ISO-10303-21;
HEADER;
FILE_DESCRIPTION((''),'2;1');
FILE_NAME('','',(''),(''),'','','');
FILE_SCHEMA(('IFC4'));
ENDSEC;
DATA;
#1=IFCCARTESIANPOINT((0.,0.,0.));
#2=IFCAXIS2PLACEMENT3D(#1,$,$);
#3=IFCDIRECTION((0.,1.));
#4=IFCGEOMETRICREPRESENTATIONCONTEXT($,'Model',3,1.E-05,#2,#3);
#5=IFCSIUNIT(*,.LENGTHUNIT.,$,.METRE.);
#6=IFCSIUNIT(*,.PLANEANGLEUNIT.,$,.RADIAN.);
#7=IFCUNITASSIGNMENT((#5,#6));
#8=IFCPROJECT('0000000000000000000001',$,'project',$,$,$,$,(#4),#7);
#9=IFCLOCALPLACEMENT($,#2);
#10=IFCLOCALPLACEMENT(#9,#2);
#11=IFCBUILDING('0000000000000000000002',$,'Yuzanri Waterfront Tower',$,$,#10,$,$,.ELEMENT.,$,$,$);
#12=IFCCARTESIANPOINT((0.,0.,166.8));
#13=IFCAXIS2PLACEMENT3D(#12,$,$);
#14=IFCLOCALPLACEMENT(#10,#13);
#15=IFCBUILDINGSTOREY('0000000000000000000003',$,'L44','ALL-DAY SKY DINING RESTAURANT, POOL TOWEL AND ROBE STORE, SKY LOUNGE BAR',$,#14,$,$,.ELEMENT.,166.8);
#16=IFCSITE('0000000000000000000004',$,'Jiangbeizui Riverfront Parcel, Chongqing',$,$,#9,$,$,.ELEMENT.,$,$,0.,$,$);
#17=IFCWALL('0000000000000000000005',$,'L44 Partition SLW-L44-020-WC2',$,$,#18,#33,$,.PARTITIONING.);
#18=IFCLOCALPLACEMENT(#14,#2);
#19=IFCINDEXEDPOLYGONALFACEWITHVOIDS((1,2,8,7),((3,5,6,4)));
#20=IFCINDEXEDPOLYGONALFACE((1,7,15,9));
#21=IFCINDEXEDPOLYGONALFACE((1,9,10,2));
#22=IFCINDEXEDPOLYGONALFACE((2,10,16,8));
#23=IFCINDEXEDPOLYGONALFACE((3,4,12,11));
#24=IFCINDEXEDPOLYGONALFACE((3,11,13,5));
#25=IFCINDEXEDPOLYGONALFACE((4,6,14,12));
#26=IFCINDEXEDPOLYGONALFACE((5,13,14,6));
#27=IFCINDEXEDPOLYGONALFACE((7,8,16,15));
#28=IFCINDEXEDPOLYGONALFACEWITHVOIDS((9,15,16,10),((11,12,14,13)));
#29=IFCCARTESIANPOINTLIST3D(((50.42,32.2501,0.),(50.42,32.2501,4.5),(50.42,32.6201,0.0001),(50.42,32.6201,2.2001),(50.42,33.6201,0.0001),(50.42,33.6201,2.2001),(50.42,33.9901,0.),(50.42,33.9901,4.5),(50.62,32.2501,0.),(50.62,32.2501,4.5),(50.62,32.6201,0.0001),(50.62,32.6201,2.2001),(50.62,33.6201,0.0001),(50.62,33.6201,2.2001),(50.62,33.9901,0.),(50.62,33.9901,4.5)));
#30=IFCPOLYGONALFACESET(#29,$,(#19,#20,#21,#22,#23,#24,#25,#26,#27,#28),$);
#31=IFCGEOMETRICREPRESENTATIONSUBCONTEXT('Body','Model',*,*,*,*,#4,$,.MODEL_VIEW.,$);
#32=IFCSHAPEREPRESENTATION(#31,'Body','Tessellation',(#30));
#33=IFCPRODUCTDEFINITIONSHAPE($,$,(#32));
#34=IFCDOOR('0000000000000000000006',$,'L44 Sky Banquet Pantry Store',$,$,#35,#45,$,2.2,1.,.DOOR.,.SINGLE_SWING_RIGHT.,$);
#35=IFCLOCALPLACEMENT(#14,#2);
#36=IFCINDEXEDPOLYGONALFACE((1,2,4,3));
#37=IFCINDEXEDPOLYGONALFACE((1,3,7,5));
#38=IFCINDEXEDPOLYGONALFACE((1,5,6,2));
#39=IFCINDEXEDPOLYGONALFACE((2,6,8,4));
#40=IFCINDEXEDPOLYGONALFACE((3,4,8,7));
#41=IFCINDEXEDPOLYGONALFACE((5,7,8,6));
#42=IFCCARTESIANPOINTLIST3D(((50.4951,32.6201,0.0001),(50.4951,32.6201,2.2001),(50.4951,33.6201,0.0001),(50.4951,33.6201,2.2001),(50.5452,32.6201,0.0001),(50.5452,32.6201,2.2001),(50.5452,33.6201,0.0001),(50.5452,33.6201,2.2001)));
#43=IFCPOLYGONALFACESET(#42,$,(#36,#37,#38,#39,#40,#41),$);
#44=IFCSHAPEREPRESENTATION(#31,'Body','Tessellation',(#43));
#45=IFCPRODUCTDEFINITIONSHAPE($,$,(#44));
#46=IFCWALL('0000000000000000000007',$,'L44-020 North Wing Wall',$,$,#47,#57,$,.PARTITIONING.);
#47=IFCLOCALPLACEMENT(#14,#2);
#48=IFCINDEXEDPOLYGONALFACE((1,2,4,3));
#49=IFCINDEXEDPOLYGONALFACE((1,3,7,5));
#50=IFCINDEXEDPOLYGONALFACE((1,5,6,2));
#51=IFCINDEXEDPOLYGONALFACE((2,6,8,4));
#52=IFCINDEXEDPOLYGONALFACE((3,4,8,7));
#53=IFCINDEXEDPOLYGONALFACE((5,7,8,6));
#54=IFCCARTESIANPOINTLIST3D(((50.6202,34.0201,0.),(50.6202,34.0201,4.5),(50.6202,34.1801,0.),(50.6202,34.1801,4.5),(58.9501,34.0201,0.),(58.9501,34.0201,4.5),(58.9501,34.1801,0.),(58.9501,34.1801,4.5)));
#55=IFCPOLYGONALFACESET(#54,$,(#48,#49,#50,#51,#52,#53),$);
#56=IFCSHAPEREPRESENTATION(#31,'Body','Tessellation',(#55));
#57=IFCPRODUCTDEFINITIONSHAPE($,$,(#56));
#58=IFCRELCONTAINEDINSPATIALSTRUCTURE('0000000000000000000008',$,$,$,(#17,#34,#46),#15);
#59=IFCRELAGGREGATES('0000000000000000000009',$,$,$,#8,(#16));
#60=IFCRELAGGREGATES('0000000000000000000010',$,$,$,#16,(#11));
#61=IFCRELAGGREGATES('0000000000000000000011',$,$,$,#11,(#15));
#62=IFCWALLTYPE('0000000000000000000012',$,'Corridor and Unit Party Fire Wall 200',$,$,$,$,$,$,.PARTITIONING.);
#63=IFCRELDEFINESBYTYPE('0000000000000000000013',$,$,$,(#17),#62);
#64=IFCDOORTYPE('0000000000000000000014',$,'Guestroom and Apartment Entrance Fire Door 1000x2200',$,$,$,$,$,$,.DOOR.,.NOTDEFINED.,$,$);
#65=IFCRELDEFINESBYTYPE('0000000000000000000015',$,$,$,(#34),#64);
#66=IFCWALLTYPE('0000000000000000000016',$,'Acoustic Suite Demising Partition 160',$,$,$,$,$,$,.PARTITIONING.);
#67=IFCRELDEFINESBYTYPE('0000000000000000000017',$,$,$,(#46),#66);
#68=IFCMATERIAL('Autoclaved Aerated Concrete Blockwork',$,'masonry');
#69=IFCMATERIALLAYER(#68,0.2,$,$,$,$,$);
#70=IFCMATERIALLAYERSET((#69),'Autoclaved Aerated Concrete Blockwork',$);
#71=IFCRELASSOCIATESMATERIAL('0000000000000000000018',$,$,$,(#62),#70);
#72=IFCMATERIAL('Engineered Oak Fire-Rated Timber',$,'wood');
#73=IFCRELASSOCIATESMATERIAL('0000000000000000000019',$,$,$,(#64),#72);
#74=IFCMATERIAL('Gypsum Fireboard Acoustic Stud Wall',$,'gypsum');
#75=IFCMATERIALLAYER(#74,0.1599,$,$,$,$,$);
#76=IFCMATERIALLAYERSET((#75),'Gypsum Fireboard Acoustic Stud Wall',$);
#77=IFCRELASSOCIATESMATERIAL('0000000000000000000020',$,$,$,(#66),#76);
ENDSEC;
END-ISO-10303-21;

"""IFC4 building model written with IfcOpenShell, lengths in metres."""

from ifc_helpers import new_model, si_unit, direction, frame, frame_2d, origin, place, context, subcontext, project, spatial, rectangle, extrude, source, transform, mapped, material, layer, layer_set, type_object, element, fill, save


model = new_model("IFC4")

# Units and contexts
model_context = context("Model", 3, precision=1e-05, world=origin(), true_north=direction((0.0, 1.0)))
body_context = subcontext(model_context, "Body", "Model", "MODEL_VIEW")
ifc_project = project(units=[si_unit("LENGTHUNIT", "METRE"), si_unit("PLANEANGLEUNIT", "RADIAN")], contexts=[model_context])

# Site, building, storey
site_placement = place(None, origin())
site = spatial("IfcSite", under=ifc_project, at=site_placement, Name="Jiangbeizui Riverfront Parcel, Chongqing", CompositionType="ELEMENT", RefElevation=0.0)
building_placement = place(site_placement, origin())
building = spatial("IfcBuilding", under=site, at=building_placement, Name="Yuzanri Waterfront Tower", CompositionType="ELEMENT")
storey_placement = place(building_placement, frame((0.0, 0.0, 166.8)))
storey = spatial("IfcBuildingStorey", under=building, at=storey_placement, Name="L44", Description="ALL-DAY SKY DINING RESTAURANT, POOL TOWEL AND ROBE STORE, SKY LOUNGE BAR", CompositionType="ELEMENT", Elevation=166.8)

# Wall, opening, door
ifc_material_1 = material(Name="Autoclaved Aerated Concrete Blockwork", Category="masonry")
ifc_layer_1 = layer(ifc_material_1, 0.2)
ifc_layer_set_1 = layer_set([ifc_layer_1], Name="Autoclaved Aerated Concrete Blockwork")
wall_type_1 = type_object("IfcWallType", Name="Corridor and Unit Party Fire Wall 200", PredefinedType="PARTITIONING", material=ifc_layer_set_1)
wall_1_placement = place(storey_placement, frame((50.52, 32.25, 0.0), z_axis=(0.0, 0.0, 1.0), x_axis=(0.0, 1.0, 0.0)))
wall_1 = element("IfcWall", 1, at=wall_1_placement, inside=storey, type_object=wall_type_1, Name="L44 Partition SLW-L44-020-WC2", PredefinedType="PARTITIONING", context=body_context, shape_type="SweptSolid", body=[
    extrude(rectangle(XDim=1.74, YDim=0.2, at=frame_2d((0.8701, 0.0))), origin(), (0.0, 0.0, 1.0), 4.5),
])
opening_placement = place(wall_1_placement, frame((0.3701, 0.0, 0.0)))
opening = element("IfcOpeningElement", 2, at=opening_placement, cuts=wall_1, PredefinedType="OPENING", context=body_context, shape_type="SweptSolid", body=[
    extrude(rectangle(XDim=1.0, YDim=2.2, at=frame_2d((0.5, 1.1001))), frame((0.0, 0.1147, 0.0), z_axis=(0.0, -1.0, 0.0), x_axis=(1.0, 0.0, 0.0)), (0.0, 0.0, 1.0), 0.2297),
])
ifc_material_2 = material(Name="Engineered Oak Fire-Rated Timber", Category="wood")
door_type = type_object("IfcDoorType", Name="Guestroom and Apartment Entrance Fire Door 1000x2200", OperationType="NOTDEFINED", PredefinedType="DOOR", material=ifc_material_2)
shared_shape_1 = source(origin(), body_context, "Body", "SweptSolid", [
    extrude(rectangle(XDim=1.0, YDim=2.2, at=frame_2d((0.5, 1.1001))), frame((0.0, 0.0249, 0.0), z_axis=(0.0, -1.0, 0.0), x_axis=(1.0, 0.0, 0.0)), (0.0, 0.0, 1.0), 0.05),
])
door_placement = place(opening_placement, origin())
door = element("IfcDoor", 3, at=door_placement, inside=storey, type_object=door_type, Name="L44 Sky Banquet Pantry Store", OperationType="SINGLE_SWING_RIGHT", OverallHeight=2.2, OverallWidth=1.0, PredefinedType="DOOR", context=body_context, shape_type="MappedRepresentation", body=[
    mapped(shared_shape_1, transform((0.0, 0.0, 0.0), scale=1.0)),
])
fill(opening, door)

# Wall
ifc_material_3 = material(Name="Gypsum Fireboard Acoustic Stud Wall", Category="gypsum")
ifc_layer_2 = layer(ifc_material_3, 0.1599)
ifc_layer_set_2 = layer_set([ifc_layer_2], Name="Gypsum Fireboard Acoustic Stud Wall")
wall_type_2 = type_object("IfcWallType", Name="Acoustic Suite Demising Partition 160", PredefinedType="PARTITIONING", material=ifc_layer_set_2)
shared_shape_2 = source(origin(), body_context, "Body", "SweptSolid", [
    extrude(rectangle(XDim=8.3298, YDim=0.1599, at=frame_2d((4.165, 0.0))), origin(), (0.0, 0.0, 1.0), 4.5),
])
wall_2_placement = place(storey_placement, frame((50.6201, 34.1001, 0.0), z_axis=(0.0, 0.0, 1.0), x_axis=(1.0, 0.0, 0.0)))
element("IfcWall", 4, at=wall_2_placement, inside=storey, type_object=wall_type_2, Name="L44-020 North Wing Wall", PredefinedType="PARTITIONING", context=body_context, shape_type="MappedRepresentation", body=[
    mapped(shared_shape_2, transform((0.0, 0.0, 0.0), scale=1.0)),
])

save(model, "model.ifc")
